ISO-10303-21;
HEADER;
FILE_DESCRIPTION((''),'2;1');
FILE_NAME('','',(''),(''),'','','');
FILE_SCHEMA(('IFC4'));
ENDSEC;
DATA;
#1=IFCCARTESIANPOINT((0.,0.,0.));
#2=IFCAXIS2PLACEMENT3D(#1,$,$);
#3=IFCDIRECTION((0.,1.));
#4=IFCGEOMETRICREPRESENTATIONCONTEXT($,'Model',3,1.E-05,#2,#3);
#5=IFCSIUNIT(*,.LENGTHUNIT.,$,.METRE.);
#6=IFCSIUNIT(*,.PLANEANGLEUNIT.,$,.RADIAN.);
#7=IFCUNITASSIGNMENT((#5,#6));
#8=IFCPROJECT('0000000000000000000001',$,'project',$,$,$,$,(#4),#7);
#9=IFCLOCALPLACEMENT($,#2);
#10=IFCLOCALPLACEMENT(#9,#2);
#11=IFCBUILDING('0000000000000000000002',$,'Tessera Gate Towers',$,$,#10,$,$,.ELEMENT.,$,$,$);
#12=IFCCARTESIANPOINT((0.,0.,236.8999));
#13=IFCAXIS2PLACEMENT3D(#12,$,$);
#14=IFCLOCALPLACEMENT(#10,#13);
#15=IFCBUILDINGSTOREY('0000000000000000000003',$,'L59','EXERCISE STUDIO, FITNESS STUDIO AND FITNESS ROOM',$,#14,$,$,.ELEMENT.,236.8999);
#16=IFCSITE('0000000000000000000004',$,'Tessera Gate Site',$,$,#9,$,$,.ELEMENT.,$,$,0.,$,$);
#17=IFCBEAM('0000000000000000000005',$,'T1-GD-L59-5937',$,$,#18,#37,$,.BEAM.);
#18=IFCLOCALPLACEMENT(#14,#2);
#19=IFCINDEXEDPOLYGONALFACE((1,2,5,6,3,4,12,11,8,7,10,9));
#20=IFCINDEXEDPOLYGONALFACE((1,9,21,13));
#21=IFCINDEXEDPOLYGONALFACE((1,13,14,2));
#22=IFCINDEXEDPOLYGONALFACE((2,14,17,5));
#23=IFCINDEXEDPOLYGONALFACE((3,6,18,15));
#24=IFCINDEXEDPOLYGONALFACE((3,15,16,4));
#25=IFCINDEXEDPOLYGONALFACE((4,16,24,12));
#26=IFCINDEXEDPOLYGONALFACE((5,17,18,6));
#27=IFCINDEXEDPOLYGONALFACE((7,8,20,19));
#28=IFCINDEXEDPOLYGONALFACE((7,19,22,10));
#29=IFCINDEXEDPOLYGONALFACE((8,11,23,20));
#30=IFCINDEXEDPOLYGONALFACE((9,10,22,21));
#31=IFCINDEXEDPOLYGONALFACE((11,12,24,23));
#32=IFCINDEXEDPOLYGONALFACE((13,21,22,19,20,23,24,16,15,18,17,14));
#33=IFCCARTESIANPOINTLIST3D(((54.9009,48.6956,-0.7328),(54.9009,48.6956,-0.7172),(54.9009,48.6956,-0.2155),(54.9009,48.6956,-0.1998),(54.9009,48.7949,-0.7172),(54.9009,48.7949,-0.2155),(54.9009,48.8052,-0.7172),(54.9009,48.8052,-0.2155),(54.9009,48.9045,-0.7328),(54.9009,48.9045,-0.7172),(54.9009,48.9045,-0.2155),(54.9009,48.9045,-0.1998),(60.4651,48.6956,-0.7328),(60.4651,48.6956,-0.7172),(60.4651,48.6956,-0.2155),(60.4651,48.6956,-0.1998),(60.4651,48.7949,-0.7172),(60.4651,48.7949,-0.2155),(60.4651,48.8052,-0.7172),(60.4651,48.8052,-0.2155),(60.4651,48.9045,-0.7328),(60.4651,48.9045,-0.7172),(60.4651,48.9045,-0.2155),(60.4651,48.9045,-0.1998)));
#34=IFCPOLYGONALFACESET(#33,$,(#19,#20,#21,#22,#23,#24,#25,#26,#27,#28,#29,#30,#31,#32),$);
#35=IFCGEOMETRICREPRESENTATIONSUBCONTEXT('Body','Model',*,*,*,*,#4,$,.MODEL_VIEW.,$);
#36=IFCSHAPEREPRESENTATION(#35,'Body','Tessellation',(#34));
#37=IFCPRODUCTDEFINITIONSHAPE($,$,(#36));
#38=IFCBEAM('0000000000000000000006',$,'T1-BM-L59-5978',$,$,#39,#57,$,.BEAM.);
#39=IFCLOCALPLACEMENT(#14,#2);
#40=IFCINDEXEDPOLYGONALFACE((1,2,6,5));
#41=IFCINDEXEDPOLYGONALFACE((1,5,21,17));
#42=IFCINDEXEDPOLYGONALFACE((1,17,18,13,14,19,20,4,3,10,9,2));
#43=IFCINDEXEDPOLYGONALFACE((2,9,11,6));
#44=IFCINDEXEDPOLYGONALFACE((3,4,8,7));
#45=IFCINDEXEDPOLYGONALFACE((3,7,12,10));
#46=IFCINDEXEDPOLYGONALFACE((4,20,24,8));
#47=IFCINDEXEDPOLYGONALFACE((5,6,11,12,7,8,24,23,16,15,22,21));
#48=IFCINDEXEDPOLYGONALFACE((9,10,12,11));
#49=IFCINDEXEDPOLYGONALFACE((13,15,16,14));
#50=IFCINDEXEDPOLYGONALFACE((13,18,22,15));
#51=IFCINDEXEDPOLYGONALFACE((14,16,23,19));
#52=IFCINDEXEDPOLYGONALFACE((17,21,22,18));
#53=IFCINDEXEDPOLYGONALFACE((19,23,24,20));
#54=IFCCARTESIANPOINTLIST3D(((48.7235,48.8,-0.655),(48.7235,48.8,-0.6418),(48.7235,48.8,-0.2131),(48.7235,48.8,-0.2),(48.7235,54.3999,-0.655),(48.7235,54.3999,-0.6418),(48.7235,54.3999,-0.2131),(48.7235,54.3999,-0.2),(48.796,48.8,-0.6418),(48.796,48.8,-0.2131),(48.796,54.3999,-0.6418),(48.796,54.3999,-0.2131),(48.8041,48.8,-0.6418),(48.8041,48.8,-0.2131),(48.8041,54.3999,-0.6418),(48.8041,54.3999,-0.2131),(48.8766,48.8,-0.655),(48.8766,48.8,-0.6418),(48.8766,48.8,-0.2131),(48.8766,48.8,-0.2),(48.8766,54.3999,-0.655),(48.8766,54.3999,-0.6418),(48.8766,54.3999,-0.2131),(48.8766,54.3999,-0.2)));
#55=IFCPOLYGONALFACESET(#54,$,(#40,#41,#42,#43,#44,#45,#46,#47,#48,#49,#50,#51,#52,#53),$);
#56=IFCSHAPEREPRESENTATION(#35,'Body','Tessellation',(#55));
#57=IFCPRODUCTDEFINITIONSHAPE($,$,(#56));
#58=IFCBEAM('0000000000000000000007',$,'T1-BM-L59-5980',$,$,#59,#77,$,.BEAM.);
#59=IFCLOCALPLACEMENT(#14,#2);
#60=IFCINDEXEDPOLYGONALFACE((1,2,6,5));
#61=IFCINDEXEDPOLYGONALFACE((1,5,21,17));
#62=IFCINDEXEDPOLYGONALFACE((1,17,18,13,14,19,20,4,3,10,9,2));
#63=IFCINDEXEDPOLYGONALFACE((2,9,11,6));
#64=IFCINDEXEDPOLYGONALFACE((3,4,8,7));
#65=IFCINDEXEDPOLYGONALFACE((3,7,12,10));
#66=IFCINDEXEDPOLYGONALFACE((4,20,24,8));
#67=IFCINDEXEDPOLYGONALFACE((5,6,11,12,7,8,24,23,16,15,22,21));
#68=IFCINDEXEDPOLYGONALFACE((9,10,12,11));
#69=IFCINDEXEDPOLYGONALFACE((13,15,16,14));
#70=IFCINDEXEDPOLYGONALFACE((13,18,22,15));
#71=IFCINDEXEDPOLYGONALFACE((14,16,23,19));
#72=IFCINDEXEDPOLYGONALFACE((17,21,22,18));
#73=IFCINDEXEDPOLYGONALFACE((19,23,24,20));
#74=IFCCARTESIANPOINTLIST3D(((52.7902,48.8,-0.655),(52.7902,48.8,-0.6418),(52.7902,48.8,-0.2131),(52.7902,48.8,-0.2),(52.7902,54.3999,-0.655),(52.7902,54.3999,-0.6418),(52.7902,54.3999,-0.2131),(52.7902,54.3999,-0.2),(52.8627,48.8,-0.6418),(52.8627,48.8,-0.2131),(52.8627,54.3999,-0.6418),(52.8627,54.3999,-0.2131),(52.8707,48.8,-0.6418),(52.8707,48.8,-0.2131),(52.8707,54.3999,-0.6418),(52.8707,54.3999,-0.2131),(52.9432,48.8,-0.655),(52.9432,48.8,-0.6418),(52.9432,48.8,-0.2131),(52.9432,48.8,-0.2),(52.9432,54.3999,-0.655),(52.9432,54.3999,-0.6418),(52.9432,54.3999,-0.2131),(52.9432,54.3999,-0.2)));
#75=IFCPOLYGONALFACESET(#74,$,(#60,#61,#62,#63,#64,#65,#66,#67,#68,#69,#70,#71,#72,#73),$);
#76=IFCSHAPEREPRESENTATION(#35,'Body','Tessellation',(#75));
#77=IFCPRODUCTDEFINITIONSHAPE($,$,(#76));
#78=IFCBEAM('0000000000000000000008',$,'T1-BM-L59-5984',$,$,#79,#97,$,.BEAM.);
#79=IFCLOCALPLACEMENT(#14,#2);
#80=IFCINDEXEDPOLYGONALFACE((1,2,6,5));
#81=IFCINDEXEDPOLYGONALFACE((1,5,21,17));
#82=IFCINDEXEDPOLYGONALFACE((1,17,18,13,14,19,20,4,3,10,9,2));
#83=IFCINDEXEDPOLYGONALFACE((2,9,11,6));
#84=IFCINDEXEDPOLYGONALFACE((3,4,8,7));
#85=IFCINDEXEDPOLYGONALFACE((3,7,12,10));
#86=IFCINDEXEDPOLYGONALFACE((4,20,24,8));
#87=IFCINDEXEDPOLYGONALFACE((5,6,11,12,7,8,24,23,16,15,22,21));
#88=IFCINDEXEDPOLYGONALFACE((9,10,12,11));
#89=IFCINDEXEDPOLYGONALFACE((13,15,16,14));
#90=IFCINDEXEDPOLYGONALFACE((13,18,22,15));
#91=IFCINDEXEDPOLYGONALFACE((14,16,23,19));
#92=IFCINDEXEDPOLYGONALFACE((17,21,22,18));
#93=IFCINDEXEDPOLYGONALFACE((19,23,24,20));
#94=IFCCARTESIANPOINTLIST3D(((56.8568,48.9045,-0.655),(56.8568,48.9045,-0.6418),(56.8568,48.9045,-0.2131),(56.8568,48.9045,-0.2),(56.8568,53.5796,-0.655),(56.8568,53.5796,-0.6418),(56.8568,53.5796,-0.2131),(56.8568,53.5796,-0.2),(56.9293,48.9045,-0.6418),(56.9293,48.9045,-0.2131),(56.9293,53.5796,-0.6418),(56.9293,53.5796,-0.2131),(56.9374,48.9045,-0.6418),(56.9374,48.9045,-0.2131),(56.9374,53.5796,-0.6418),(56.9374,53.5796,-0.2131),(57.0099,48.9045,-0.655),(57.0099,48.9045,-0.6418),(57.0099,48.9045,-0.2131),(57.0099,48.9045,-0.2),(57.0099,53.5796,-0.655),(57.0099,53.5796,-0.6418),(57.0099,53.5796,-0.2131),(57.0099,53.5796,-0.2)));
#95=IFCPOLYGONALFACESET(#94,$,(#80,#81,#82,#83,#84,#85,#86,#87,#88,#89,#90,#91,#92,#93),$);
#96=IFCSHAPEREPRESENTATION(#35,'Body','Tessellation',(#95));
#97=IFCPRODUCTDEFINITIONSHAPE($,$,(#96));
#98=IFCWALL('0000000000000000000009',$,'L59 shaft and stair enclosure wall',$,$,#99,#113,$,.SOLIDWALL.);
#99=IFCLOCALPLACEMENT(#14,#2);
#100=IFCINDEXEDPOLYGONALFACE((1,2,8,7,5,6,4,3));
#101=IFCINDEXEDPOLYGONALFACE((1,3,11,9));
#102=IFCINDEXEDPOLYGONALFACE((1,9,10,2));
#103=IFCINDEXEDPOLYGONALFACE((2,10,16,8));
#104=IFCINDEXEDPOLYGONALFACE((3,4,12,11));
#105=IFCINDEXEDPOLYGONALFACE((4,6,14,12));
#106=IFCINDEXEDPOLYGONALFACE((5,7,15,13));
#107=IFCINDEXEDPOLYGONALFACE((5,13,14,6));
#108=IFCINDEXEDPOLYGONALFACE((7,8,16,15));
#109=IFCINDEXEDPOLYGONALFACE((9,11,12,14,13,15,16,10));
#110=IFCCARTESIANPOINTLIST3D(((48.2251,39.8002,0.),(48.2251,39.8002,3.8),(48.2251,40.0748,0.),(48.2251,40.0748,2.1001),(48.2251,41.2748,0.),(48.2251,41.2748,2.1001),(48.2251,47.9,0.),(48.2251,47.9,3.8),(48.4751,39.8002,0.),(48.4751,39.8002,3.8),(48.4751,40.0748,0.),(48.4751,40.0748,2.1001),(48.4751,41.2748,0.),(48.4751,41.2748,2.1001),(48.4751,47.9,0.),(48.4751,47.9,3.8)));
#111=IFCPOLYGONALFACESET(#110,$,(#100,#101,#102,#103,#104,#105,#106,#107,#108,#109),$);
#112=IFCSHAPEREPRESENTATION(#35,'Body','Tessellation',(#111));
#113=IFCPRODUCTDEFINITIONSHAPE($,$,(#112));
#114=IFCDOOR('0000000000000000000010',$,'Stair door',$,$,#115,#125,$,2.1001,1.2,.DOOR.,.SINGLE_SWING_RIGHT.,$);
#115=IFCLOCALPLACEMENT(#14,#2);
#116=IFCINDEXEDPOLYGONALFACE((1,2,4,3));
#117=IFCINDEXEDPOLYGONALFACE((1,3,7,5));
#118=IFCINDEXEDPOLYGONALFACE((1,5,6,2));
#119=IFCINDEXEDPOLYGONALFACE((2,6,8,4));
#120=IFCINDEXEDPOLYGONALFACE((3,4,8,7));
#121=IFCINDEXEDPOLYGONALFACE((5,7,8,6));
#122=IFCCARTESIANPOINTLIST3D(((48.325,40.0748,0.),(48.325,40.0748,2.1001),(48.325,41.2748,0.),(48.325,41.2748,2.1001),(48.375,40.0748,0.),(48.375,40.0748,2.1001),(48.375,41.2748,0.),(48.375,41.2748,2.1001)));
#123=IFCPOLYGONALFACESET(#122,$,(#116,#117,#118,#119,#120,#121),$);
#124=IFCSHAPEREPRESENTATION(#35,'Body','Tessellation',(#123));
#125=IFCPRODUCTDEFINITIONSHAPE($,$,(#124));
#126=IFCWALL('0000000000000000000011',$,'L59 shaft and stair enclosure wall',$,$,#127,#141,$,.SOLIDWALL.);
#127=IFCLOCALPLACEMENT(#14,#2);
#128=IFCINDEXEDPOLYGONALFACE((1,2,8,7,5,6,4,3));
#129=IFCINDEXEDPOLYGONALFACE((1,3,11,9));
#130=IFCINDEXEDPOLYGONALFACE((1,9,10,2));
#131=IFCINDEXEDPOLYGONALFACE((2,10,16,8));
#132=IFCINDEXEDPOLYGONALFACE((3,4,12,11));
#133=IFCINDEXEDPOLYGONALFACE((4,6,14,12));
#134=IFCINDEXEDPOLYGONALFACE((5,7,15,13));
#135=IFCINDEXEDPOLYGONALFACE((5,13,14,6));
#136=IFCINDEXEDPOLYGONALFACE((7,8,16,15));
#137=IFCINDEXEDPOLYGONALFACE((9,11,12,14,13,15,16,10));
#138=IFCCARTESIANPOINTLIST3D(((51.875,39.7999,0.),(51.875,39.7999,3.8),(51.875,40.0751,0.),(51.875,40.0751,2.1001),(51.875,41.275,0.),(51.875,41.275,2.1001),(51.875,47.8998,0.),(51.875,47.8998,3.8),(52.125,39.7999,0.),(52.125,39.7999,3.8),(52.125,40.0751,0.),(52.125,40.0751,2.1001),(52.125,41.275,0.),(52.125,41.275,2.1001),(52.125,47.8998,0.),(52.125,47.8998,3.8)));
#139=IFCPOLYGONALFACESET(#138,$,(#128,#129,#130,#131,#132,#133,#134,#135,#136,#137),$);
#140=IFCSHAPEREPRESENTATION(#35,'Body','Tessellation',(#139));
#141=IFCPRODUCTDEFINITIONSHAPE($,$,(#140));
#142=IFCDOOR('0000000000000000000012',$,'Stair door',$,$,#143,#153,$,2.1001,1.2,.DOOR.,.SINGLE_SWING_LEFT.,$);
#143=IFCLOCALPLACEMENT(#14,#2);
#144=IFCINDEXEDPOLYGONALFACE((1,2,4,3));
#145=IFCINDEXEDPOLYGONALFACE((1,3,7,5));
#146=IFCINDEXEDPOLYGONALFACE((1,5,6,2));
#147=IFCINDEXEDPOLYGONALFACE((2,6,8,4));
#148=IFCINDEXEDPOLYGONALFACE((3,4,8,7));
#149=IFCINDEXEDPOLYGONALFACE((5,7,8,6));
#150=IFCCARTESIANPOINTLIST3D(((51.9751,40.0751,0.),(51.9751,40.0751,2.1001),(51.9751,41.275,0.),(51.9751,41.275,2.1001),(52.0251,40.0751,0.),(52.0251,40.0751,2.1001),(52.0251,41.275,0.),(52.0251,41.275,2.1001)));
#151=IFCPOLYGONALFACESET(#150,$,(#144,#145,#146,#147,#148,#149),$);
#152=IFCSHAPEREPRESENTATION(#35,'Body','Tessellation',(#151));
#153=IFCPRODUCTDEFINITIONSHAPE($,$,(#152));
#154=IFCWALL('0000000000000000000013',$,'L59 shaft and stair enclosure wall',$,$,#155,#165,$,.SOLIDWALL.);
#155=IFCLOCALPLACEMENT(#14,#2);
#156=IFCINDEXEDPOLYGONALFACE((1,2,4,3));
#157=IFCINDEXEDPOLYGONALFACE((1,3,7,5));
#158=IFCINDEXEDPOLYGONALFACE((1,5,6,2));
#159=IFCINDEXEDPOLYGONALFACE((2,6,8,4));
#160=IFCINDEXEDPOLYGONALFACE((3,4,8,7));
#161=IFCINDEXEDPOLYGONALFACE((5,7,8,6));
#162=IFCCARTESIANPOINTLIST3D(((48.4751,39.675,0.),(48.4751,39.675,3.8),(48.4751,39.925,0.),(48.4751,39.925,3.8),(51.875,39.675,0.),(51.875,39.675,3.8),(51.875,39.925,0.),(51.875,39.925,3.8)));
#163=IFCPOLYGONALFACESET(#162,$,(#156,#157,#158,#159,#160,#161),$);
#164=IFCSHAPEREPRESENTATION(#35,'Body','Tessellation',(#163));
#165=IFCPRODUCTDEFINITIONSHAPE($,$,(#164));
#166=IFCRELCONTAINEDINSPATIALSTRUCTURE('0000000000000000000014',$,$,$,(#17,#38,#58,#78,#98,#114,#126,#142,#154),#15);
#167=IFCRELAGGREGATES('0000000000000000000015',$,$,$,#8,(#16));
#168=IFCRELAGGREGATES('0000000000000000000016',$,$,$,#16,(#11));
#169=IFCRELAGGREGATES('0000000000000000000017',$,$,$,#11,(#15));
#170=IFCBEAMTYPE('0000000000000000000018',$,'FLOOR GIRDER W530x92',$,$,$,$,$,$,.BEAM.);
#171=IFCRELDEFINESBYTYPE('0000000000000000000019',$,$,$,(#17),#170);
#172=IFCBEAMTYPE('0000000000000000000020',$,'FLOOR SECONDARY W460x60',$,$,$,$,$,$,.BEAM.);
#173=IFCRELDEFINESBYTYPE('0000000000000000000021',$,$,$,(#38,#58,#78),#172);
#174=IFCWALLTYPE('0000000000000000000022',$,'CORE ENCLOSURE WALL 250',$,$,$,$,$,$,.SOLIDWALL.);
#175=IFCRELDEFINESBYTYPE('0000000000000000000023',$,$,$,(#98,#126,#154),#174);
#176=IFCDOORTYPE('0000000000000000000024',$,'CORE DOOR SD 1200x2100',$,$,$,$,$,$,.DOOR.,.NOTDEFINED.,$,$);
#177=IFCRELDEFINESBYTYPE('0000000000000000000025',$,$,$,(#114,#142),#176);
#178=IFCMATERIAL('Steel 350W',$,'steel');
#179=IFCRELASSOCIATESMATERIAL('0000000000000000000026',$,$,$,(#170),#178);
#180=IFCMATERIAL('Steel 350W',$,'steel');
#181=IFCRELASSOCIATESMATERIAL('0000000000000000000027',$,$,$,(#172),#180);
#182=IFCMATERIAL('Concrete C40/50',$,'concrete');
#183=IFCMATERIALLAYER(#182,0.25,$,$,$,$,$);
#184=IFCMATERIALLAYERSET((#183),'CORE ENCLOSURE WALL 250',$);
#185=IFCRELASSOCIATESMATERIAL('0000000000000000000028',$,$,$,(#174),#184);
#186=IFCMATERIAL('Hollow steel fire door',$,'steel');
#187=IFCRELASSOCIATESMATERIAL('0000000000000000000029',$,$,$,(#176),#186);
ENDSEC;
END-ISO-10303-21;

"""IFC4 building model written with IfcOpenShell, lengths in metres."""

from ifc_helpers import new_model, si_unit, direction, frame, frame_2d, origin, origin_2d, place, context, subcontext, project, spatial, rectangle, i_section, extrude, source, transform, mapped, material, layer, layer_set, material_profile, profile_set, type_object, element, fill, save


model = new_model("IFC4")

# Units and contexts
model_context = context("Model", 3, precision=1e-05, world=origin(), true_north=direction((0.0, 1.0)))
body_context = subcontext(model_context, "Body", "Model", "MODEL_VIEW")
ifc_project = project(units=[si_unit("LENGTHUNIT", "METRE"), si_unit("PLANEANGLEUNIT", "RADIAN")], contexts=[model_context])

# Site, building, storey
site_placement = place(None, origin())
site = spatial("IfcSite", under=ifc_project, at=site_placement, Name="Tessera Gate Site", CompositionType="ELEMENT", RefElevation=0.0)
building_placement = place(site_placement, origin())
building = spatial("IfcBuilding", under=site, at=building_placement, Name="Tessera Gate Towers", CompositionType="ELEMENT")
storey_placement = place(building_placement, frame((0.0, 0.0, 236.8999)))
storey = spatial("IfcBuildingStorey", under=building, at=storey_placement, Name="L59", Description="EXERCISE STUDIO, FITNESS STUDIO AND FITNESS ROOM", CompositionType="ELEMENT", Elevation=236.8999)

# Beams
ifc_material_1 = material(Name="Steel 350W", Category="steel")
ifc_material_profile_1 = material_profile(ifc_material_1, i_section(OverallWidth=0.209, OverallDepth=0.533, WebThickness=0.0103, FlangeThickness=0.0156, at=origin_2d()), Name="W530x92")
ifc_profile_set_1 = profile_set([ifc_material_profile_1], Name="Steel 350W")
beam_type_1 = type_object("IfcBeamType", Name="FLOOR GIRDER W530x92", PredefinedType="BEAM", material=ifc_profile_set_1)
beam_1_placement = place(storey_placement, frame((54.9009, 48.8, -0.4663), z_axis=(1.0, 0.0, 0.0), x_axis=(0.0, 1.0, 0.0)))
element("IfcBeam", 1, at=beam_1_placement, inside=storey, type_object=beam_type_1, Name="T1-GD-L59-5937", PredefinedType="BEAM", context=body_context, shape_type="SweptSolid", body=[
    extrude(i_section(OverallWidth=0.209, OverallDepth=0.533, WebThickness=0.0103, FlangeThickness=0.0156, at=origin_2d()), origin(), (0.0, 0.0, 1.0), 5.5642),
])
ifc_material_2 = material(Name="Steel 350W", Category="steel")
ifc_material_profile_2 = material_profile(ifc_material_2, i_section(OverallWidth=0.1531, OverallDepth=0.4551, WebThickness=0.0081, FlangeThickness=0.0132, at=origin_2d()), Name="W460x60")
ifc_profile_set_2 = profile_set([ifc_material_profile_2], Name="Steel 350W")
beam_type_2 = type_object("IfcBeamType", Name="FLOOR SECONDARY W460x60", PredefinedType="BEAM", material=ifc_profile_set_2)
for number, where, z_axis, x_axis, name in (
    (2, (48.8, 48.8, -0.4275), (0.0, 1.0, 0.0), (-1.0, 0.0, 0.0), "T1-BM-L59-5978"),
    (3, (52.8667, 48.8, -0.4275), (0.0, 1.0, 0.0), (-1.0, 0.0, 0.0), "T1-BM-L59-5980"),
):
    element("IfcBeam", number, at=place(storey_placement, frame(where, z_axis=z_axis, x_axis=x_axis)), inside=storey, type_object=beam_type_2, Name=name, PredefinedType="BEAM", context=body_context, shape_type="SweptSolid", body=[
        extrude(i_section(OverallWidth=0.1531, OverallDepth=0.4551, WebThickness=0.0081, FlangeThickness=0.0132, at=origin_2d()), origin(), (0.0, 0.0, 1.0), 5.5999),
    ])
beam_2_placement = place(storey_placement, frame((56.9333, 48.9045, -0.4275), z_axis=(0.0, 1.0, 0.0), x_axis=(-1.0, 0.0, 0.0)))
element("IfcBeam", 4, at=beam_2_placement, inside=storey, type_object=beam_type_2, Name="T1-BM-L59-5984", PredefinedType="BEAM", context=body_context, shape_type="SweptSolid", body=[
    extrude(i_section(OverallWidth=0.1531, OverallDepth=0.4551, WebThickness=0.0081, FlangeThickness=0.0132, at=origin_2d()), origin(), (0.0, 0.0, 1.0), 4.675),
])

# Walls, openings, doors
ifc_material_3 = material(Name="Concrete C40/50", Category="concrete")
ifc_layer_1 = layer(ifc_material_3, 0.25)
ifc_layer_set_1 = layer_set([ifc_layer_1], Name="CORE ENCLOSURE WALL 250")
wall_type_1 = type_object("IfcWallType", Name="CORE ENCLOSURE WALL 250", PredefinedType="SOLIDWALL", material=ifc_layer_set_1)
wall_1_placement = place(storey_placement, frame((48.3501, 47.8999, 0.0), z_axis=(0.0, 0.0, 1.0), x_axis=(0.0, -1.0, 0.0)))
wall_1 = element("IfcWall", 5, at=wall_1_placement, inside=storey, type_object=wall_type_1, Name="L59 shaft and stair enclosure wall", PredefinedType="SOLIDWALL", context=body_context, shape_type="SweptSolid", body=[
    extrude(rectangle(XDim=8.0999, YDim=0.25, at=frame_2d((4.0498, 0.0))), origin(), (0.0, 0.0, 1.0), 3.8),
])
shared_shape_1 = source(origin(), body_context, "Body", "SweptSolid", [
    extrude(rectangle(XDim=1.2, YDim=2.1001, at=frame_2d((0.6001, 1.05))), frame((0.0, 0.135, 0.0), z_axis=(0.0, -1.0, 0.0), x_axis=(1.0, 0.0, 0.0)), (0.0, 0.0, 1.0), 0.27),
])
opening_1_placement = place(wall_1_placement, frame((6.625, 0.0, 0.0)))
opening_1 = element("IfcOpeningElement", 6, at=opening_1_placement, cuts=wall_1, PredefinedType="OPENING", context=body_context, shape_type="MappedRepresentation", body=[
    mapped(shared_shape_1, transform((0.0, 0.0, 0.0), scale=1.0)),
])
ifc_material_4 = material(Name="Hollow steel fire door", Category="steel")
door_type_1 = type_object("IfcDoorType", Name="CORE DOOR SD 1200x2100", OperationType="NOTDEFINED", PredefinedType="DOOR", material=ifc_material_4)
shared_shape_2 = source(origin(), body_context, "Body", "SweptSolid", [
    extrude(rectangle(XDim=1.2, YDim=2.1001, at=frame_2d((0.6001, 1.05))), frame((0.0, 0.0249, 0.0), z_axis=(0.0, -1.0, 0.0), x_axis=(1.0, 0.0, 0.0)), (0.0, 0.0, 1.0), 0.05),
])
door_1_placement = place(opening_1_placement, origin())
door_1 = element("IfcDoor", 7, at=door_1_placement, inside=storey, type_object=door_type_1, Name="Stair door", OperationType="SINGLE_SWING_RIGHT", OverallHeight=2.1001, OverallWidth=1.2, PredefinedType="DOOR", context=body_context, shape_type="MappedRepresentation", body=[
    mapped(shared_shape_2, transform((0.0, 0.0, 0.0), scale=1.0)),
])
fill(opening_1, door_1)
wall_2_placement = place(storey_placement, frame((52.0, 39.8, 0.0), z_axis=(0.0, 0.0, 1.0), x_axis=(0.0, 1.0, 0.0)))
wall_2 = element("IfcWall", 8, at=wall_2_placement, inside=storey, type_object=wall_type_1, Name="L59 shaft and stair enclosure wall", PredefinedType="SOLIDWALL", context=body_context, shape_type="SweptSolid", body=[
    extrude(rectangle(XDim=8.0999, YDim=0.25, at=frame_2d((4.0498, 0.0))), origin(), (0.0, 0.0, 1.0), 3.8),
])
opening_2_placement = place(wall_2_placement, frame((0.2749, 0.0, 0.0)))
opening_2 = element("IfcOpeningElement", 9, at=opening_2_placement, cuts=wall_2, PredefinedType="OPENING", context=body_context, shape_type="MappedRepresentation", body=[
    mapped(shared_shape_1, transform((0.0, 0.0, 0.0), scale=1.0)),
])
door_2_placement = place(opening_2_placement, origin())
door_2 = element("IfcDoor", 10, at=door_2_placement, inside=storey, type_object=door_type_1, Name="Stair door", OperationType="SINGLE_SWING_LEFT", OverallHeight=2.1001, OverallWidth=1.2, PredefinedType="DOOR", context=body_context, shape_type="MappedRepresentation", body=[
    mapped(shared_shape_2, transform((0.0, 0.0, 0.0), scale=1.0)),
])
fill(opening_2, door_2)

# Wall
wall_3_placement = place(storey_placement, frame((48.4751, 39.8, 0.0), z_axis=(0.0, 0.0, 1.0), x_axis=(1.0, 0.0, 0.0)))
element("IfcWall", 11, at=wall_3_placement, inside=storey, type_object=wall_type_1, Name="L59 shaft and stair enclosure wall", PredefinedType="SOLIDWALL", context=body_context, shape_type="SweptSolid", body=[
    extrude(rectangle(XDim=3.3999, YDim=0.25, at=frame_2d((1.7, 0.0))), origin(), (0.0, 0.0, 1.0), 3.8),
])

save(model, "model.ifc")
